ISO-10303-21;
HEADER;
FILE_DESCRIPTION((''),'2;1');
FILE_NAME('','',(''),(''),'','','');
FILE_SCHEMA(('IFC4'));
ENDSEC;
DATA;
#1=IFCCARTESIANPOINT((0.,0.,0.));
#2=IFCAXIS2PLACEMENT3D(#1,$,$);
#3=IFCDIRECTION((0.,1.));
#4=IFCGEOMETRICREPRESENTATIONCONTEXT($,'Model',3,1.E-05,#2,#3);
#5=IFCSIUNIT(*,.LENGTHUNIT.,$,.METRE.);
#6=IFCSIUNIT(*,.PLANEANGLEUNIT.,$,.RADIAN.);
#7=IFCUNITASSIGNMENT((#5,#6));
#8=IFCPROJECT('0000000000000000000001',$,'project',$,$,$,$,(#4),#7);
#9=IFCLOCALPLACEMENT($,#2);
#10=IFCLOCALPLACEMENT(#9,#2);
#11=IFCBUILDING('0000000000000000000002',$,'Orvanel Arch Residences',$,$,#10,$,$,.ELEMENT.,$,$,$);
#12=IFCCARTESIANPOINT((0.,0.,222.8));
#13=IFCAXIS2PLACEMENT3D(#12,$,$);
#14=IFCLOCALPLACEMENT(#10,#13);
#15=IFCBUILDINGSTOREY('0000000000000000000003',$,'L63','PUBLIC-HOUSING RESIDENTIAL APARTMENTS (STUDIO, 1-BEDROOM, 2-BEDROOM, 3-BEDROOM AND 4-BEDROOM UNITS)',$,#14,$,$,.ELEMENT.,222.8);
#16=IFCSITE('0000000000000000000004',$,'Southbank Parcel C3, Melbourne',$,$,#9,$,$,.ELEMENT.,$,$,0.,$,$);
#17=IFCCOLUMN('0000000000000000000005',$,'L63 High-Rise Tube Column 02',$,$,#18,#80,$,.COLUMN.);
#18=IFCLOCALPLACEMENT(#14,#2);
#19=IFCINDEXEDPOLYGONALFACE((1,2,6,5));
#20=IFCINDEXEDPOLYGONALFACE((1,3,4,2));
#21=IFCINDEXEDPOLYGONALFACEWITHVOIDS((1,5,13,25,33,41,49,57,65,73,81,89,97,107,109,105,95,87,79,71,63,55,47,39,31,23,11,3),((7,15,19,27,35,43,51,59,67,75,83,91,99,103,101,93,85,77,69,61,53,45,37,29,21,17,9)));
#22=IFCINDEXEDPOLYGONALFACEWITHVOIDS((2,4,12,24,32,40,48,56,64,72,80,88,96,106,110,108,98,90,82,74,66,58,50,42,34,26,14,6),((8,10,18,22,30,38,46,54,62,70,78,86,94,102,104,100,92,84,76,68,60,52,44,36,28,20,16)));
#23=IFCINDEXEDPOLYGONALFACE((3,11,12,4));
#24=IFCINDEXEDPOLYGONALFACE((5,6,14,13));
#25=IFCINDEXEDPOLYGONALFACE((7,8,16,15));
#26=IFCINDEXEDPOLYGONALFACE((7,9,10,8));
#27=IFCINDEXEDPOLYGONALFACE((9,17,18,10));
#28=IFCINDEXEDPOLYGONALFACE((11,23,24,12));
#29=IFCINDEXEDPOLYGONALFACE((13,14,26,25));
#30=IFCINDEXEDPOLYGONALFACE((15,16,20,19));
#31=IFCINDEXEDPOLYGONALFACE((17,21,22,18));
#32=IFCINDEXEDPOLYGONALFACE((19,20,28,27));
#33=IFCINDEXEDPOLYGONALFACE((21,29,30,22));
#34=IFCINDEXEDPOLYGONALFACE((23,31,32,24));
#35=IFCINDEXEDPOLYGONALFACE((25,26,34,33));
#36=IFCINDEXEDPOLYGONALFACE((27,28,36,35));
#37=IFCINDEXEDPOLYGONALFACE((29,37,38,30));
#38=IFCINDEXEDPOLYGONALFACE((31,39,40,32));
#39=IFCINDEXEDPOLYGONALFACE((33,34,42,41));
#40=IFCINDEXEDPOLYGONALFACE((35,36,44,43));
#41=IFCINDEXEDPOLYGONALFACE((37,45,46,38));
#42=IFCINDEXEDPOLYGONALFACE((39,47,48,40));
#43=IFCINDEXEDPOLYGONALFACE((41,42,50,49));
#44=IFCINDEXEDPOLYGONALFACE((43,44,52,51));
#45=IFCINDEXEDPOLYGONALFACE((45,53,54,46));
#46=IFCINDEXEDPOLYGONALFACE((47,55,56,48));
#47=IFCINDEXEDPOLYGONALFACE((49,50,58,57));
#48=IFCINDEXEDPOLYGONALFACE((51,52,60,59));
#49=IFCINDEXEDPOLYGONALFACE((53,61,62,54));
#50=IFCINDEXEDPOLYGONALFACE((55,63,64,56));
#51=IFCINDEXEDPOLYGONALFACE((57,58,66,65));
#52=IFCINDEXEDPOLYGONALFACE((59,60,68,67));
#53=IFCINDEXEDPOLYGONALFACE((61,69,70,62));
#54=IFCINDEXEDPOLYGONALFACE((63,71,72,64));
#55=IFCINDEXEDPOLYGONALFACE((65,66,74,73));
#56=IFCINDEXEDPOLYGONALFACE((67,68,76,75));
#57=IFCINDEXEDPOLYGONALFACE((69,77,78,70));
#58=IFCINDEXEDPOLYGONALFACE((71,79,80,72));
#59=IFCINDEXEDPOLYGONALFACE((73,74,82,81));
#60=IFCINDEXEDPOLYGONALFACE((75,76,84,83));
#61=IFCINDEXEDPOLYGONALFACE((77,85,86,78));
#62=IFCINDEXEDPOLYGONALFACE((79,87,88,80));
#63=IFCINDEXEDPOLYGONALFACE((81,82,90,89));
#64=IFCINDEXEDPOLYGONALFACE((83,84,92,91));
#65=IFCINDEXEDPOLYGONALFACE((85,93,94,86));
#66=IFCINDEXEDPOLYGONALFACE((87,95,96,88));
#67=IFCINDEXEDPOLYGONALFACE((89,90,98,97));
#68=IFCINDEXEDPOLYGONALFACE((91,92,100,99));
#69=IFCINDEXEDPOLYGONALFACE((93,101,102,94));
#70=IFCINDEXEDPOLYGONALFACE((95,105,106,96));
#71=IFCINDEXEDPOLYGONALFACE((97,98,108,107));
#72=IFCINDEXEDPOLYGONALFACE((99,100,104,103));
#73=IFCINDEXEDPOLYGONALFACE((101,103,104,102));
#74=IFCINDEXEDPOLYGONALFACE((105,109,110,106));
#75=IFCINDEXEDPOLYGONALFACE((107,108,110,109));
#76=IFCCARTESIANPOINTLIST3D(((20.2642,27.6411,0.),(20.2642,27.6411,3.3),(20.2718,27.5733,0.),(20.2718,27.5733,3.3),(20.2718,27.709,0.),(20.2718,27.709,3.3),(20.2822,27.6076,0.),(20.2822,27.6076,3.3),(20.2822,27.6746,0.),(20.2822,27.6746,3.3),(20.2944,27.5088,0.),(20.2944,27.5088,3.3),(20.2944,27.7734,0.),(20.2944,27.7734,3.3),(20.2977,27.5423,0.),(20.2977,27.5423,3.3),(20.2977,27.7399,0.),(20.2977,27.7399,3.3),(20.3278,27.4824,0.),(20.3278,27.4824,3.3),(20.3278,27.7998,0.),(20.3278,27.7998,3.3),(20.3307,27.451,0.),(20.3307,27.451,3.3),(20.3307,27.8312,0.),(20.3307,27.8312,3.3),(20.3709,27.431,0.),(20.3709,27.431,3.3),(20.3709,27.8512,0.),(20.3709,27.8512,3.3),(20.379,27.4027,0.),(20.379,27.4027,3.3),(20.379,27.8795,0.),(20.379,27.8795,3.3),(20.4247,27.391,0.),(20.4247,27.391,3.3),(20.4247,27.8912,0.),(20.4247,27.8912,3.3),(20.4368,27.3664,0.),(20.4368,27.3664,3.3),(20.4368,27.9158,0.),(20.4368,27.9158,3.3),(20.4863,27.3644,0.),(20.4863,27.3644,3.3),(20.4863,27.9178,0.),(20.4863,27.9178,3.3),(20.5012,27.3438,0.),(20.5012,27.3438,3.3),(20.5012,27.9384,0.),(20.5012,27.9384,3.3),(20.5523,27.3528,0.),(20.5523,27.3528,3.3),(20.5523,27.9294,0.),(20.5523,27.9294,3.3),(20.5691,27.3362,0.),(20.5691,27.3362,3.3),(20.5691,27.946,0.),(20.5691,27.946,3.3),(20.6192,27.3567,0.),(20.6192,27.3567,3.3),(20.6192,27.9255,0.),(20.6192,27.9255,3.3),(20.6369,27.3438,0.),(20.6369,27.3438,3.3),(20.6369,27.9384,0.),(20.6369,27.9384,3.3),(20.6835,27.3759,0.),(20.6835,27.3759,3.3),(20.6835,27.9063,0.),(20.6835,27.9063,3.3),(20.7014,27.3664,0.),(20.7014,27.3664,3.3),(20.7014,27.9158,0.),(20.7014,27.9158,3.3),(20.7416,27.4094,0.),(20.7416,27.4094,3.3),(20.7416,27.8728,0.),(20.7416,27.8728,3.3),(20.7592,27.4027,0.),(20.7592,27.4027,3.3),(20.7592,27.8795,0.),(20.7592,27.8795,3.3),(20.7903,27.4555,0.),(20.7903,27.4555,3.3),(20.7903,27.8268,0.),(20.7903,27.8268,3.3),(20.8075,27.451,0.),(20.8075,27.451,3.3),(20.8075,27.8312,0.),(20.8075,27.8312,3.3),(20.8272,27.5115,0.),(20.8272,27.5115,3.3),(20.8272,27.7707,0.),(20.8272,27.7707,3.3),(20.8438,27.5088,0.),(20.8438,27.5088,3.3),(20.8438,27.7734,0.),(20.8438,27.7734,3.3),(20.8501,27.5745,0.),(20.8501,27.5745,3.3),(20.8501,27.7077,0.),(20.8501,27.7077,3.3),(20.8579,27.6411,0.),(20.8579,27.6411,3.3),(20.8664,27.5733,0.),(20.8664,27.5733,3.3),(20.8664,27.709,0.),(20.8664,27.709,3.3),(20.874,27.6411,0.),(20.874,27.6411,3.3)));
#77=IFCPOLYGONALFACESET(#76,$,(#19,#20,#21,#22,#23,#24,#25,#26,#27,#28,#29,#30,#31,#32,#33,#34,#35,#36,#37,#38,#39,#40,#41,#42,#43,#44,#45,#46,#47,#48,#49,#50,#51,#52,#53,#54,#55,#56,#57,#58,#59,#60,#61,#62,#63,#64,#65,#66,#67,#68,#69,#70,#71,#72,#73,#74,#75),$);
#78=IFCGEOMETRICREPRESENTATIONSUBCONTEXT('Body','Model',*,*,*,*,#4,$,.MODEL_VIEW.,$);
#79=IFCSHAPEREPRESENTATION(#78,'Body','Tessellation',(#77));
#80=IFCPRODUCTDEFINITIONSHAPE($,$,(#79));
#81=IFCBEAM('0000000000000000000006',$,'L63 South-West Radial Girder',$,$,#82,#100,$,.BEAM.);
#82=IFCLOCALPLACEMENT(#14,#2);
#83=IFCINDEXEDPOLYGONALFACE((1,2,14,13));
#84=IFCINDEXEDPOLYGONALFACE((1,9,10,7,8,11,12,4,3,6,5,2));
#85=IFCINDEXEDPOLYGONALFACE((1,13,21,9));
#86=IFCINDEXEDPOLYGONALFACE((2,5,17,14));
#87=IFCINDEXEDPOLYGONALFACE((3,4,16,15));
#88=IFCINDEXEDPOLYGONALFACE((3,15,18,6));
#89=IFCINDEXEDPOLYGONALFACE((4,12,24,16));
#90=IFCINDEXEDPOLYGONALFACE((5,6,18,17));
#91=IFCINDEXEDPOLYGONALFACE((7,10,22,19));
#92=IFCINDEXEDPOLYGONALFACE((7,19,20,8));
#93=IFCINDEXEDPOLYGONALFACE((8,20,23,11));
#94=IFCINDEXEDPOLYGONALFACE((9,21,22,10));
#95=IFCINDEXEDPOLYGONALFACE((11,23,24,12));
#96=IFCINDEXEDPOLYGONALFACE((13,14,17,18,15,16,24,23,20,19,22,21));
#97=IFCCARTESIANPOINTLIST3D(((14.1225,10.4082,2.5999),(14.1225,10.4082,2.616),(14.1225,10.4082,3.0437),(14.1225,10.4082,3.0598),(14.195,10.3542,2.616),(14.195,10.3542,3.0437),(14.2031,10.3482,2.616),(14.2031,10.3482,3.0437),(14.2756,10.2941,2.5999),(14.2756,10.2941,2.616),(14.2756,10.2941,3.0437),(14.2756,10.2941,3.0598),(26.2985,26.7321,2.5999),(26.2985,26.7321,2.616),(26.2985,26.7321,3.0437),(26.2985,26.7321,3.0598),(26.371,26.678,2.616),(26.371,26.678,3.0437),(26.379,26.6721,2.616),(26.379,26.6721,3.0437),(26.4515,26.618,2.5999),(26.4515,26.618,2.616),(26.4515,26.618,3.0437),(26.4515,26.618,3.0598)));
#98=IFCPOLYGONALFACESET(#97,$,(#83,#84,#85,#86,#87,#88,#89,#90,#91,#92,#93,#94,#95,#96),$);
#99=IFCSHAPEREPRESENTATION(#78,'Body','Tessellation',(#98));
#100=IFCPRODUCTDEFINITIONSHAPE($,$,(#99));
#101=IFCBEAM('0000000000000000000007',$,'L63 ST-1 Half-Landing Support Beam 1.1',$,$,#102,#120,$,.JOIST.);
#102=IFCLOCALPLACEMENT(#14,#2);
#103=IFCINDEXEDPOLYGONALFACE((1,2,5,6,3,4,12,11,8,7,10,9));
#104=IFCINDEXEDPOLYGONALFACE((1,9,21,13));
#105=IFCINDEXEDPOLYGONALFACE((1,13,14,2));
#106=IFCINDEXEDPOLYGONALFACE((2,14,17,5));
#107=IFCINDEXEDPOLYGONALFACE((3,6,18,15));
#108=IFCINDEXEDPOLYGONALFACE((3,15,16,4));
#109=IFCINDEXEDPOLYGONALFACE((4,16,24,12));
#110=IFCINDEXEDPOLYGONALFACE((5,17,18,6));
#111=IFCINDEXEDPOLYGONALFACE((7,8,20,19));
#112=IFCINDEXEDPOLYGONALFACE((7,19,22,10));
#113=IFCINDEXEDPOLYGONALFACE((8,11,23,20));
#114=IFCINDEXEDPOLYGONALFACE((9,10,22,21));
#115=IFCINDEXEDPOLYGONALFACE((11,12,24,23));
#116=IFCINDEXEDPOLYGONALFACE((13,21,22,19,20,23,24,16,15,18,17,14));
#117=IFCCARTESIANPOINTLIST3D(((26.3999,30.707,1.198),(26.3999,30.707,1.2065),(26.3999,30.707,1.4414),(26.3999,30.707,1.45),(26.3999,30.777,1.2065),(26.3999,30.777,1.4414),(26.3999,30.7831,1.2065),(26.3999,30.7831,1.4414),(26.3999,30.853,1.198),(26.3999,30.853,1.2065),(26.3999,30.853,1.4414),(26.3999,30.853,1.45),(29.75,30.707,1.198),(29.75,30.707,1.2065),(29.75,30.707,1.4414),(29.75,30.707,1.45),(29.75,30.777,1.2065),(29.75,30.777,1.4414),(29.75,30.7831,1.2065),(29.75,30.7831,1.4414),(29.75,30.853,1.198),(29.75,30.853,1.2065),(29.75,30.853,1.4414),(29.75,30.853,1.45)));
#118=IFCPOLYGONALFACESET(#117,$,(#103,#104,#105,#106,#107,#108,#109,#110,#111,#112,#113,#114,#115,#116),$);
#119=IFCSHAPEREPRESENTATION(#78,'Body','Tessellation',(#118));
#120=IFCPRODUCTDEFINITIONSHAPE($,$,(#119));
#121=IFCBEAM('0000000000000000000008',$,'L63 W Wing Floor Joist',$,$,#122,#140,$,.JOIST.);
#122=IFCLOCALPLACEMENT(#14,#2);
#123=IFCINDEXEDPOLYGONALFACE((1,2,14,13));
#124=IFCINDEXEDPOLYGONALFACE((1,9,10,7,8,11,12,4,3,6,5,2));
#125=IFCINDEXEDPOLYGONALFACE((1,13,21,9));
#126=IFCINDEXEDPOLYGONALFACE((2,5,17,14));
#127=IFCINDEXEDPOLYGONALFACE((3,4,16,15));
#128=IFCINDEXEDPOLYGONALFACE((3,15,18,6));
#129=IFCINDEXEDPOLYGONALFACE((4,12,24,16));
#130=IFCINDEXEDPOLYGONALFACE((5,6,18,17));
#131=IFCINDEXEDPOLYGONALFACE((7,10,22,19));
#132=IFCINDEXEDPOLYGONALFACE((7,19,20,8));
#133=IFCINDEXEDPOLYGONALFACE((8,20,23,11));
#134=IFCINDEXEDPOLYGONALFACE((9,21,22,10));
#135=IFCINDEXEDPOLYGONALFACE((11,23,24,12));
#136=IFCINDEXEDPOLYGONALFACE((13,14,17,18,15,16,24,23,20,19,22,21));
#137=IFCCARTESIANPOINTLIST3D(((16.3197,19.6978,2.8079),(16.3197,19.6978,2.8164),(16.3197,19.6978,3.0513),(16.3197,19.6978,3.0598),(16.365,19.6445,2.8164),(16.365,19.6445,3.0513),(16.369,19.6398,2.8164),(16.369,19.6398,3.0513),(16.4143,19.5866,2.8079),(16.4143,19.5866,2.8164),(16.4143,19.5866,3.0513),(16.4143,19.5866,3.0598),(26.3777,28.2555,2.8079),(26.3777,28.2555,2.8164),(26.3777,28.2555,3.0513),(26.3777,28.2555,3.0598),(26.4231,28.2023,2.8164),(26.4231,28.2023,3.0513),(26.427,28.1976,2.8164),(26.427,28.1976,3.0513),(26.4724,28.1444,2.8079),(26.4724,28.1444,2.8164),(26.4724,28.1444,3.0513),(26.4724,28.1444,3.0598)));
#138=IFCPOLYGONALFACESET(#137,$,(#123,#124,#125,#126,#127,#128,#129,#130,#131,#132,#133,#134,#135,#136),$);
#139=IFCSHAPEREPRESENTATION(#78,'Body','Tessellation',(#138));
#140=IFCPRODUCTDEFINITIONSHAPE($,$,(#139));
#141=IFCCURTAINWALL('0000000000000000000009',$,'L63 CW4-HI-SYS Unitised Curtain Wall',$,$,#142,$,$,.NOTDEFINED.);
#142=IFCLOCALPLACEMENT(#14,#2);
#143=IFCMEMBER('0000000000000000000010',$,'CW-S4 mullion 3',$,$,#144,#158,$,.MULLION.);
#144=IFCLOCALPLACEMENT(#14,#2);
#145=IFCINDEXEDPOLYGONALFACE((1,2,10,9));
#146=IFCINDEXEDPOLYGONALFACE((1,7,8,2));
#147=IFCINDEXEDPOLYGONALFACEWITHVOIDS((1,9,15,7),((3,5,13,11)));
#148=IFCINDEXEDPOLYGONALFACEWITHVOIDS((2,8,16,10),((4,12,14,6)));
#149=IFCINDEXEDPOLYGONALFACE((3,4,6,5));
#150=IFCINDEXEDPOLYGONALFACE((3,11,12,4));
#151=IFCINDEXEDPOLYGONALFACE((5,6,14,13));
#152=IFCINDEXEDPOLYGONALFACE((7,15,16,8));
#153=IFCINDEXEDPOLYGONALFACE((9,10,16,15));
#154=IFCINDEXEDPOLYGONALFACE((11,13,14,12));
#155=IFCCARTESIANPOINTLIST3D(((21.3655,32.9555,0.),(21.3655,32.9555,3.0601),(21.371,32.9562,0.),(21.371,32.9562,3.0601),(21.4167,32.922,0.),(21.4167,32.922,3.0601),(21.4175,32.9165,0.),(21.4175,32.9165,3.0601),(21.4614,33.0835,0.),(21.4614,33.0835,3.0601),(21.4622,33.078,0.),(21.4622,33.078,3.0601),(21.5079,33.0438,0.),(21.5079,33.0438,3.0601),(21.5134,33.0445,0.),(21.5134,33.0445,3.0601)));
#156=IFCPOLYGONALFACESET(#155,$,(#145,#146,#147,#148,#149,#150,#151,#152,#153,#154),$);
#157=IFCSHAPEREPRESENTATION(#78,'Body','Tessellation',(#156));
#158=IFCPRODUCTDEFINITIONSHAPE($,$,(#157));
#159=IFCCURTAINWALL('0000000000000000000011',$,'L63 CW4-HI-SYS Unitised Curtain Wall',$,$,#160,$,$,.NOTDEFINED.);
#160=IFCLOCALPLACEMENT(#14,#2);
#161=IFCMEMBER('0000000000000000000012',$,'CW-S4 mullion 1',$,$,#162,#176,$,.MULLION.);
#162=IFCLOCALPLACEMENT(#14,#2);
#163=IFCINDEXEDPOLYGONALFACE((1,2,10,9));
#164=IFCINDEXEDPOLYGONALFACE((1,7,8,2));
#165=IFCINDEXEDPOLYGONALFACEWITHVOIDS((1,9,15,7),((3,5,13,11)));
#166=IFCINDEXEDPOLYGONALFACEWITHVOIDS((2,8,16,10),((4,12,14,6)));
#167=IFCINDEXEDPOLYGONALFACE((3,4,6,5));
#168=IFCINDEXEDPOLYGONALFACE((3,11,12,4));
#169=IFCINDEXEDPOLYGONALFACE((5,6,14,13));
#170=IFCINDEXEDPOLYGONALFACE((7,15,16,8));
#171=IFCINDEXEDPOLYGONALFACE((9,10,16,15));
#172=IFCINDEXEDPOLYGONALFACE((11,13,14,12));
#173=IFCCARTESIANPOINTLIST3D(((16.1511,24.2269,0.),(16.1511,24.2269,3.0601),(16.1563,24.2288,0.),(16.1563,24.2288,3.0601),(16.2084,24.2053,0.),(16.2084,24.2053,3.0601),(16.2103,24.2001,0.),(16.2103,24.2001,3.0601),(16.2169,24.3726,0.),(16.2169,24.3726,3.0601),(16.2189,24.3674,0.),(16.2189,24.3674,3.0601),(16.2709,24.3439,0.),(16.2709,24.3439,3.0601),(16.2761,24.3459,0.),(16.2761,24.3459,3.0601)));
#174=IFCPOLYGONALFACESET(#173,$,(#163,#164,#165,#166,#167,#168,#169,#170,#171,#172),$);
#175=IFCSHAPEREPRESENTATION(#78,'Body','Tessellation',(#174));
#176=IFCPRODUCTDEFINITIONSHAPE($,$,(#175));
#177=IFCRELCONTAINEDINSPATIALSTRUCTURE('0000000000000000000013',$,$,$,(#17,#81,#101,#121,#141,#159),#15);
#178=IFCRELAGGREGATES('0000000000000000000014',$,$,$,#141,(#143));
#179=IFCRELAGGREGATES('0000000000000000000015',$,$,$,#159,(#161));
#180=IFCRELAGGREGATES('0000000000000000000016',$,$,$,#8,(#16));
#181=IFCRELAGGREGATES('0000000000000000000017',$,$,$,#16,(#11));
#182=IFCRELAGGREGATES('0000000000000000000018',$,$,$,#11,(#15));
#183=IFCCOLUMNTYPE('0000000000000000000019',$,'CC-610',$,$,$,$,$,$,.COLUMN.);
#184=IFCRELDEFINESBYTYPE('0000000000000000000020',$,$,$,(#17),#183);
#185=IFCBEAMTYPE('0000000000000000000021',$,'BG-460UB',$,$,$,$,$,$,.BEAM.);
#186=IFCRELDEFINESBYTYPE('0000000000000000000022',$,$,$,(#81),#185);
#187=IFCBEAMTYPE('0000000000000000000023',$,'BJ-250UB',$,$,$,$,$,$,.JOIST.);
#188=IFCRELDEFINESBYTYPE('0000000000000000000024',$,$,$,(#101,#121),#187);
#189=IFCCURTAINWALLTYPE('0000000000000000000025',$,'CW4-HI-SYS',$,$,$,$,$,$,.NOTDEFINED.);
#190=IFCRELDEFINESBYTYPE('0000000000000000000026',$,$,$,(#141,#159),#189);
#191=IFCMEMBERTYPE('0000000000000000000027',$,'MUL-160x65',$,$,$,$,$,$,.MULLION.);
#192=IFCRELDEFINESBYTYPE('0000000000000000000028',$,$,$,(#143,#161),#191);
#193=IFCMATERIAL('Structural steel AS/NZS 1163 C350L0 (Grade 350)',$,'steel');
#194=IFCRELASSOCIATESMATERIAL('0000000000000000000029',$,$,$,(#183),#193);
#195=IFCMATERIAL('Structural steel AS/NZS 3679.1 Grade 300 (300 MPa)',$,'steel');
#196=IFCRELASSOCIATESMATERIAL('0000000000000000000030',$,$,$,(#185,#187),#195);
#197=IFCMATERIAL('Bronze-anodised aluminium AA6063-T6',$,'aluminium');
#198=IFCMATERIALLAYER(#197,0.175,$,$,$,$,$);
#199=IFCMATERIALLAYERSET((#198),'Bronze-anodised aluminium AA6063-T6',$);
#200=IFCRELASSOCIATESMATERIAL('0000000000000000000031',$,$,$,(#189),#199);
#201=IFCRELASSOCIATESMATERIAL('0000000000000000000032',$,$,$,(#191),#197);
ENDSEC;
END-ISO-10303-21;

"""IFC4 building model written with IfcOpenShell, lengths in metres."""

from ifc_helpers import new_model, si_unit, direction, frame, origin, origin_2d, place, context, subcontext, project, spatial, hollow_rectangle, hollow_circle, i_section, extrude, material, layer, layer_set, material_profile, profile_set, type_object, element, aggregate, save


model = new_model("IFC4")

# Units and contexts
model_context = context("Model", 3, precision=1e-05, world=origin(), true_north=direction((0.0, 1.0)))
body_context = subcontext(model_context, "Body", "Model", "MODEL_VIEW")
ifc_project = project(units=[si_unit("LENGTHUNIT", "METRE"), si_unit("PLANEANGLEUNIT", "RADIAN")], contexts=[model_context])

# Site, building, storey
site_placement = place(None, origin())
site = spatial("IfcSite", under=ifc_project, at=site_placement, Name="Southbank Parcel C3, Melbourne", CompositionType="ELEMENT", RefElevation=0.0)
building_placement = place(site_placement, origin())
building = spatial("IfcBuilding", under=site, at=building_placement, Name="Orvanel Arch Residences", CompositionType="ELEMENT")
storey_placement = place(building_placement, frame((0.0, 0.0, 222.8)))
storey = spatial("IfcBuildingStorey", under=building, at=storey_placement, Name="L63", Description="PUBLIC-HOUSING RESIDENTIAL APARTMENTS (STUDIO, 1-BEDROOM, 2-BEDROOM, 3-BEDROOM AND 4-BEDROOM UNITS)", CompositionType="ELEMENT", Elevation=222.8)

# Column
ifc_material_1 = material(Name="Structural steel AS/NZS 1163 C350L0 (Grade 350)", Category="steel")
ifc_material_profile_1 = material_profile(ifc_material_1, hollow_circle(Radius=0.3049, WallThickness=0.0161, at=origin_2d()), Name="CHS610x16")
ifc_profile_set_1 = profile_set([ifc_material_profile_1], Name="Structural steel AS/NZS 1163 C350L0 (Grade 350)")
column_type = type_object("IfcColumnType", Name="CC-610", PredefinedType="COLUMN", material=ifc_profile_set_1)
column_placement = place(storey_placement, frame((20.5691, 27.6411, 0.0), z_axis=(0.0, 0.0, 1.0), x_axis=(1.0, 0.0, 0.0)))
element("IfcColumn", 1, at=column_placement, inside=storey, type_object=column_type, Name="L63 High-Rise Tube Column 02", PredefinedType="COLUMN", context=body_context, shape_type="SweptSolid", body=[
    extrude(hollow_circle(Radius=0.3049, WallThickness=0.0161, at=origin_2d()), origin(), (0.0, 0.0, 1.0), 3.3),
])

# Beams
ifc_material_2 = material(Name="Structural steel AS/NZS 3679.1 Grade 300 (300 MPa)", Category="steel")
ifc_material_profile_2 = material_profile(ifc_material_2, i_section(OverallWidth=0.1909, OverallDepth=0.46, WebThickness=0.01, FlangeThickness=0.0161, at=origin_2d()), Name="460UB82.1")
ifc_profile_set_2 = profile_set([ifc_material_profile_2], Name="Structural steel AS/NZS 3679.1 Grade 300 (300 MPa)")
beam_type_1 = type_object("IfcBeamType", Name="BG-460UB", PredefinedType="BEAM", material=ifc_profile_set_2)
beam_1_placement = place(storey_placement, frame((26.375, 26.675, 2.8298), z_axis=(-0.597894, -0.801575, 0.0), x_axis=(0.801575, -0.597894, 0.0)))
element("IfcBeam", 2, at=beam_1_placement, inside=storey, type_object=beam_type_1, Name="L63 South-West Radial Girder", PredefinedType="BEAM", context=body_context, shape_type="SweptSolid", body=[
    extrude(i_section(OverallWidth=0.1909, OverallDepth=0.46, WebThickness=0.01, FlangeThickness=0.0161, at=origin_2d()), origin(), (0.0, 0.0, 1.0), 20.3647),
])
ifc_material_profile_3 = material_profile(ifc_material_2, i_section(OverallWidth=0.146, OverallDepth=0.252, WebThickness=0.0061, FlangeThickness=0.0085, at=origin_2d()), Name="250UB31.4")
ifc_profile_set_3 = profile_set([ifc_material_profile_3], Name="Structural steel AS/NZS 3679.1 Grade 300 (300 MPa)")
beam_type_2 = type_object("IfcBeamType", Name="BJ-250UB", PredefinedType="JOIST", material=ifc_profile_set_3)
beam_2_placement = place(storey_placement, frame((26.3999, 30.78, 1.324), z_axis=(1.0, 0.0, 0.0), x_axis=(0.0, 1.0, 0.0)))
element("IfcBeam", 3, at=beam_2_placement, inside=storey, type_object=beam_type_2, Name="L63 ST-1 Half-Landing Support Beam 1.1", PredefinedType="JOIST", context=body_context, shape_type="SweptSolid", body=[
    extrude(i_section(OverallWidth=0.146, OverallDepth=0.252, WebThickness=0.0061, FlangeThickness=0.0085, at=origin_2d()), origin(), (0.0, 0.0, 1.0), 3.3501),
])
beam_3_placement = place(storey_placement, frame((26.425, 28.2, 2.9338), z_axis=(-0.761623, -0.648021, 0.0), x_axis=(0.648021, -0.761623, 0.0)))
element("IfcBeam", 4, at=beam_3_placement, inside=storey, type_object=beam_type_2, Name="L63 W Wing Floor Joist", PredefinedType="JOIST", context=body_context, shape_type="SweptSolid", body=[
    extrude(i_section(OverallWidth=0.146, OverallDepth=0.252, WebThickness=0.0061, FlangeThickness=0.0085, at=origin_2d()), origin(), (0.0, 0.0, 1.0), 13.2061),
])

# Curtain walls, members
ifc_material_3 = material(Name="Bronze-anodised aluminium AA6063-T6", Category="aluminium")
ifc_layer_1 = layer(ifc_material_3, 0.175)
ifc_layer_set_1 = layer_set([ifc_layer_1], Name="Bronze-anodised aluminium AA6063-T6")
curtain_wall_type = type_object("IfcCurtainWallType", Name="CW4-HI-SYS", PredefinedType="NOTDEFINED", material=ifc_layer_set_1)
curtain_wall_1_placement = place(storey_placement, origin())
curtain_wall_1 = element("IfcCurtainWall", 5, at=curtain_wall_1_placement, inside=storey, type_object=curtain_wall_type, Name="L63 CW4-HI-SYS Unitised Curtain Wall", PredefinedType="NOTDEFINED")
ifc_material_profile_4 = material_profile(ifc_material_3, hollow_rectangle(XDim=0.0649, YDim=0.1599, WallThickness=0.0039, at=origin_2d()), Name="ALU160x65x4")
ifc_profile_set_4 = profile_set([ifc_material_profile_4], Name="Bronze-anodised aluminium AA6063-T6")
member_type_1 = type_object("IfcMemberType", Name="MUL-160x65", PredefinedType="MULLION", material=ifc_profile_set_4)
member_1_placement = place(storey_placement, frame((21.4395, 33.0, 0.0), z_axis=(0.0, 0.0, 1.0), x_axis=(0.800476, -0.599364, 0.0)))
member_1 = element("IfcMember", 6, at=member_1_placement, type_object=member_type_1, Name="CW-S4 mullion 3", PredefinedType="MULLION", context=body_context, shape_type="SweptSolid", body=[
    extrude(hollow_rectangle(XDim=0.0649, YDim=0.1599, WallThickness=0.0039, at=origin_2d()), origin(), (0.0, 0.0, 1.0), 3.0601),
])
aggregate(curtain_wall_1, [member_1])
curtain_wall_2_placement = place(storey_placement, origin())
curtain_wall_2 = element("IfcCurtainWall", 7, at=curtain_wall_2_placement, inside=storey, type_object=curtain_wall_type, Name="L63 CW4-HI-SYS Unitised Curtain Wall", PredefinedType="NOTDEFINED")
member_2_placement = place(storey_placement, frame((16.2136, 24.2864, 0.0), z_axis=(0.0, 0.0, 1.0), x_axis=(0.91148, -0.411344, 0.0)))
member_2 = element("IfcMember", 8, at=member_2_placement, type_object=member_type_1, Name="CW-S4 mullion 1", PredefinedType="MULLION", context=body_context, shape_type="SweptSolid", body=[
    extrude(hollow_rectangle(XDim=0.0649, YDim=0.1599, WallThickness=0.0039, at=origin_2d()), origin(), (0.0, 0.0, 1.0), 3.0601),
])

aggregate(curtain_wall_2, [member_2])

save(model, "model.ifc")
